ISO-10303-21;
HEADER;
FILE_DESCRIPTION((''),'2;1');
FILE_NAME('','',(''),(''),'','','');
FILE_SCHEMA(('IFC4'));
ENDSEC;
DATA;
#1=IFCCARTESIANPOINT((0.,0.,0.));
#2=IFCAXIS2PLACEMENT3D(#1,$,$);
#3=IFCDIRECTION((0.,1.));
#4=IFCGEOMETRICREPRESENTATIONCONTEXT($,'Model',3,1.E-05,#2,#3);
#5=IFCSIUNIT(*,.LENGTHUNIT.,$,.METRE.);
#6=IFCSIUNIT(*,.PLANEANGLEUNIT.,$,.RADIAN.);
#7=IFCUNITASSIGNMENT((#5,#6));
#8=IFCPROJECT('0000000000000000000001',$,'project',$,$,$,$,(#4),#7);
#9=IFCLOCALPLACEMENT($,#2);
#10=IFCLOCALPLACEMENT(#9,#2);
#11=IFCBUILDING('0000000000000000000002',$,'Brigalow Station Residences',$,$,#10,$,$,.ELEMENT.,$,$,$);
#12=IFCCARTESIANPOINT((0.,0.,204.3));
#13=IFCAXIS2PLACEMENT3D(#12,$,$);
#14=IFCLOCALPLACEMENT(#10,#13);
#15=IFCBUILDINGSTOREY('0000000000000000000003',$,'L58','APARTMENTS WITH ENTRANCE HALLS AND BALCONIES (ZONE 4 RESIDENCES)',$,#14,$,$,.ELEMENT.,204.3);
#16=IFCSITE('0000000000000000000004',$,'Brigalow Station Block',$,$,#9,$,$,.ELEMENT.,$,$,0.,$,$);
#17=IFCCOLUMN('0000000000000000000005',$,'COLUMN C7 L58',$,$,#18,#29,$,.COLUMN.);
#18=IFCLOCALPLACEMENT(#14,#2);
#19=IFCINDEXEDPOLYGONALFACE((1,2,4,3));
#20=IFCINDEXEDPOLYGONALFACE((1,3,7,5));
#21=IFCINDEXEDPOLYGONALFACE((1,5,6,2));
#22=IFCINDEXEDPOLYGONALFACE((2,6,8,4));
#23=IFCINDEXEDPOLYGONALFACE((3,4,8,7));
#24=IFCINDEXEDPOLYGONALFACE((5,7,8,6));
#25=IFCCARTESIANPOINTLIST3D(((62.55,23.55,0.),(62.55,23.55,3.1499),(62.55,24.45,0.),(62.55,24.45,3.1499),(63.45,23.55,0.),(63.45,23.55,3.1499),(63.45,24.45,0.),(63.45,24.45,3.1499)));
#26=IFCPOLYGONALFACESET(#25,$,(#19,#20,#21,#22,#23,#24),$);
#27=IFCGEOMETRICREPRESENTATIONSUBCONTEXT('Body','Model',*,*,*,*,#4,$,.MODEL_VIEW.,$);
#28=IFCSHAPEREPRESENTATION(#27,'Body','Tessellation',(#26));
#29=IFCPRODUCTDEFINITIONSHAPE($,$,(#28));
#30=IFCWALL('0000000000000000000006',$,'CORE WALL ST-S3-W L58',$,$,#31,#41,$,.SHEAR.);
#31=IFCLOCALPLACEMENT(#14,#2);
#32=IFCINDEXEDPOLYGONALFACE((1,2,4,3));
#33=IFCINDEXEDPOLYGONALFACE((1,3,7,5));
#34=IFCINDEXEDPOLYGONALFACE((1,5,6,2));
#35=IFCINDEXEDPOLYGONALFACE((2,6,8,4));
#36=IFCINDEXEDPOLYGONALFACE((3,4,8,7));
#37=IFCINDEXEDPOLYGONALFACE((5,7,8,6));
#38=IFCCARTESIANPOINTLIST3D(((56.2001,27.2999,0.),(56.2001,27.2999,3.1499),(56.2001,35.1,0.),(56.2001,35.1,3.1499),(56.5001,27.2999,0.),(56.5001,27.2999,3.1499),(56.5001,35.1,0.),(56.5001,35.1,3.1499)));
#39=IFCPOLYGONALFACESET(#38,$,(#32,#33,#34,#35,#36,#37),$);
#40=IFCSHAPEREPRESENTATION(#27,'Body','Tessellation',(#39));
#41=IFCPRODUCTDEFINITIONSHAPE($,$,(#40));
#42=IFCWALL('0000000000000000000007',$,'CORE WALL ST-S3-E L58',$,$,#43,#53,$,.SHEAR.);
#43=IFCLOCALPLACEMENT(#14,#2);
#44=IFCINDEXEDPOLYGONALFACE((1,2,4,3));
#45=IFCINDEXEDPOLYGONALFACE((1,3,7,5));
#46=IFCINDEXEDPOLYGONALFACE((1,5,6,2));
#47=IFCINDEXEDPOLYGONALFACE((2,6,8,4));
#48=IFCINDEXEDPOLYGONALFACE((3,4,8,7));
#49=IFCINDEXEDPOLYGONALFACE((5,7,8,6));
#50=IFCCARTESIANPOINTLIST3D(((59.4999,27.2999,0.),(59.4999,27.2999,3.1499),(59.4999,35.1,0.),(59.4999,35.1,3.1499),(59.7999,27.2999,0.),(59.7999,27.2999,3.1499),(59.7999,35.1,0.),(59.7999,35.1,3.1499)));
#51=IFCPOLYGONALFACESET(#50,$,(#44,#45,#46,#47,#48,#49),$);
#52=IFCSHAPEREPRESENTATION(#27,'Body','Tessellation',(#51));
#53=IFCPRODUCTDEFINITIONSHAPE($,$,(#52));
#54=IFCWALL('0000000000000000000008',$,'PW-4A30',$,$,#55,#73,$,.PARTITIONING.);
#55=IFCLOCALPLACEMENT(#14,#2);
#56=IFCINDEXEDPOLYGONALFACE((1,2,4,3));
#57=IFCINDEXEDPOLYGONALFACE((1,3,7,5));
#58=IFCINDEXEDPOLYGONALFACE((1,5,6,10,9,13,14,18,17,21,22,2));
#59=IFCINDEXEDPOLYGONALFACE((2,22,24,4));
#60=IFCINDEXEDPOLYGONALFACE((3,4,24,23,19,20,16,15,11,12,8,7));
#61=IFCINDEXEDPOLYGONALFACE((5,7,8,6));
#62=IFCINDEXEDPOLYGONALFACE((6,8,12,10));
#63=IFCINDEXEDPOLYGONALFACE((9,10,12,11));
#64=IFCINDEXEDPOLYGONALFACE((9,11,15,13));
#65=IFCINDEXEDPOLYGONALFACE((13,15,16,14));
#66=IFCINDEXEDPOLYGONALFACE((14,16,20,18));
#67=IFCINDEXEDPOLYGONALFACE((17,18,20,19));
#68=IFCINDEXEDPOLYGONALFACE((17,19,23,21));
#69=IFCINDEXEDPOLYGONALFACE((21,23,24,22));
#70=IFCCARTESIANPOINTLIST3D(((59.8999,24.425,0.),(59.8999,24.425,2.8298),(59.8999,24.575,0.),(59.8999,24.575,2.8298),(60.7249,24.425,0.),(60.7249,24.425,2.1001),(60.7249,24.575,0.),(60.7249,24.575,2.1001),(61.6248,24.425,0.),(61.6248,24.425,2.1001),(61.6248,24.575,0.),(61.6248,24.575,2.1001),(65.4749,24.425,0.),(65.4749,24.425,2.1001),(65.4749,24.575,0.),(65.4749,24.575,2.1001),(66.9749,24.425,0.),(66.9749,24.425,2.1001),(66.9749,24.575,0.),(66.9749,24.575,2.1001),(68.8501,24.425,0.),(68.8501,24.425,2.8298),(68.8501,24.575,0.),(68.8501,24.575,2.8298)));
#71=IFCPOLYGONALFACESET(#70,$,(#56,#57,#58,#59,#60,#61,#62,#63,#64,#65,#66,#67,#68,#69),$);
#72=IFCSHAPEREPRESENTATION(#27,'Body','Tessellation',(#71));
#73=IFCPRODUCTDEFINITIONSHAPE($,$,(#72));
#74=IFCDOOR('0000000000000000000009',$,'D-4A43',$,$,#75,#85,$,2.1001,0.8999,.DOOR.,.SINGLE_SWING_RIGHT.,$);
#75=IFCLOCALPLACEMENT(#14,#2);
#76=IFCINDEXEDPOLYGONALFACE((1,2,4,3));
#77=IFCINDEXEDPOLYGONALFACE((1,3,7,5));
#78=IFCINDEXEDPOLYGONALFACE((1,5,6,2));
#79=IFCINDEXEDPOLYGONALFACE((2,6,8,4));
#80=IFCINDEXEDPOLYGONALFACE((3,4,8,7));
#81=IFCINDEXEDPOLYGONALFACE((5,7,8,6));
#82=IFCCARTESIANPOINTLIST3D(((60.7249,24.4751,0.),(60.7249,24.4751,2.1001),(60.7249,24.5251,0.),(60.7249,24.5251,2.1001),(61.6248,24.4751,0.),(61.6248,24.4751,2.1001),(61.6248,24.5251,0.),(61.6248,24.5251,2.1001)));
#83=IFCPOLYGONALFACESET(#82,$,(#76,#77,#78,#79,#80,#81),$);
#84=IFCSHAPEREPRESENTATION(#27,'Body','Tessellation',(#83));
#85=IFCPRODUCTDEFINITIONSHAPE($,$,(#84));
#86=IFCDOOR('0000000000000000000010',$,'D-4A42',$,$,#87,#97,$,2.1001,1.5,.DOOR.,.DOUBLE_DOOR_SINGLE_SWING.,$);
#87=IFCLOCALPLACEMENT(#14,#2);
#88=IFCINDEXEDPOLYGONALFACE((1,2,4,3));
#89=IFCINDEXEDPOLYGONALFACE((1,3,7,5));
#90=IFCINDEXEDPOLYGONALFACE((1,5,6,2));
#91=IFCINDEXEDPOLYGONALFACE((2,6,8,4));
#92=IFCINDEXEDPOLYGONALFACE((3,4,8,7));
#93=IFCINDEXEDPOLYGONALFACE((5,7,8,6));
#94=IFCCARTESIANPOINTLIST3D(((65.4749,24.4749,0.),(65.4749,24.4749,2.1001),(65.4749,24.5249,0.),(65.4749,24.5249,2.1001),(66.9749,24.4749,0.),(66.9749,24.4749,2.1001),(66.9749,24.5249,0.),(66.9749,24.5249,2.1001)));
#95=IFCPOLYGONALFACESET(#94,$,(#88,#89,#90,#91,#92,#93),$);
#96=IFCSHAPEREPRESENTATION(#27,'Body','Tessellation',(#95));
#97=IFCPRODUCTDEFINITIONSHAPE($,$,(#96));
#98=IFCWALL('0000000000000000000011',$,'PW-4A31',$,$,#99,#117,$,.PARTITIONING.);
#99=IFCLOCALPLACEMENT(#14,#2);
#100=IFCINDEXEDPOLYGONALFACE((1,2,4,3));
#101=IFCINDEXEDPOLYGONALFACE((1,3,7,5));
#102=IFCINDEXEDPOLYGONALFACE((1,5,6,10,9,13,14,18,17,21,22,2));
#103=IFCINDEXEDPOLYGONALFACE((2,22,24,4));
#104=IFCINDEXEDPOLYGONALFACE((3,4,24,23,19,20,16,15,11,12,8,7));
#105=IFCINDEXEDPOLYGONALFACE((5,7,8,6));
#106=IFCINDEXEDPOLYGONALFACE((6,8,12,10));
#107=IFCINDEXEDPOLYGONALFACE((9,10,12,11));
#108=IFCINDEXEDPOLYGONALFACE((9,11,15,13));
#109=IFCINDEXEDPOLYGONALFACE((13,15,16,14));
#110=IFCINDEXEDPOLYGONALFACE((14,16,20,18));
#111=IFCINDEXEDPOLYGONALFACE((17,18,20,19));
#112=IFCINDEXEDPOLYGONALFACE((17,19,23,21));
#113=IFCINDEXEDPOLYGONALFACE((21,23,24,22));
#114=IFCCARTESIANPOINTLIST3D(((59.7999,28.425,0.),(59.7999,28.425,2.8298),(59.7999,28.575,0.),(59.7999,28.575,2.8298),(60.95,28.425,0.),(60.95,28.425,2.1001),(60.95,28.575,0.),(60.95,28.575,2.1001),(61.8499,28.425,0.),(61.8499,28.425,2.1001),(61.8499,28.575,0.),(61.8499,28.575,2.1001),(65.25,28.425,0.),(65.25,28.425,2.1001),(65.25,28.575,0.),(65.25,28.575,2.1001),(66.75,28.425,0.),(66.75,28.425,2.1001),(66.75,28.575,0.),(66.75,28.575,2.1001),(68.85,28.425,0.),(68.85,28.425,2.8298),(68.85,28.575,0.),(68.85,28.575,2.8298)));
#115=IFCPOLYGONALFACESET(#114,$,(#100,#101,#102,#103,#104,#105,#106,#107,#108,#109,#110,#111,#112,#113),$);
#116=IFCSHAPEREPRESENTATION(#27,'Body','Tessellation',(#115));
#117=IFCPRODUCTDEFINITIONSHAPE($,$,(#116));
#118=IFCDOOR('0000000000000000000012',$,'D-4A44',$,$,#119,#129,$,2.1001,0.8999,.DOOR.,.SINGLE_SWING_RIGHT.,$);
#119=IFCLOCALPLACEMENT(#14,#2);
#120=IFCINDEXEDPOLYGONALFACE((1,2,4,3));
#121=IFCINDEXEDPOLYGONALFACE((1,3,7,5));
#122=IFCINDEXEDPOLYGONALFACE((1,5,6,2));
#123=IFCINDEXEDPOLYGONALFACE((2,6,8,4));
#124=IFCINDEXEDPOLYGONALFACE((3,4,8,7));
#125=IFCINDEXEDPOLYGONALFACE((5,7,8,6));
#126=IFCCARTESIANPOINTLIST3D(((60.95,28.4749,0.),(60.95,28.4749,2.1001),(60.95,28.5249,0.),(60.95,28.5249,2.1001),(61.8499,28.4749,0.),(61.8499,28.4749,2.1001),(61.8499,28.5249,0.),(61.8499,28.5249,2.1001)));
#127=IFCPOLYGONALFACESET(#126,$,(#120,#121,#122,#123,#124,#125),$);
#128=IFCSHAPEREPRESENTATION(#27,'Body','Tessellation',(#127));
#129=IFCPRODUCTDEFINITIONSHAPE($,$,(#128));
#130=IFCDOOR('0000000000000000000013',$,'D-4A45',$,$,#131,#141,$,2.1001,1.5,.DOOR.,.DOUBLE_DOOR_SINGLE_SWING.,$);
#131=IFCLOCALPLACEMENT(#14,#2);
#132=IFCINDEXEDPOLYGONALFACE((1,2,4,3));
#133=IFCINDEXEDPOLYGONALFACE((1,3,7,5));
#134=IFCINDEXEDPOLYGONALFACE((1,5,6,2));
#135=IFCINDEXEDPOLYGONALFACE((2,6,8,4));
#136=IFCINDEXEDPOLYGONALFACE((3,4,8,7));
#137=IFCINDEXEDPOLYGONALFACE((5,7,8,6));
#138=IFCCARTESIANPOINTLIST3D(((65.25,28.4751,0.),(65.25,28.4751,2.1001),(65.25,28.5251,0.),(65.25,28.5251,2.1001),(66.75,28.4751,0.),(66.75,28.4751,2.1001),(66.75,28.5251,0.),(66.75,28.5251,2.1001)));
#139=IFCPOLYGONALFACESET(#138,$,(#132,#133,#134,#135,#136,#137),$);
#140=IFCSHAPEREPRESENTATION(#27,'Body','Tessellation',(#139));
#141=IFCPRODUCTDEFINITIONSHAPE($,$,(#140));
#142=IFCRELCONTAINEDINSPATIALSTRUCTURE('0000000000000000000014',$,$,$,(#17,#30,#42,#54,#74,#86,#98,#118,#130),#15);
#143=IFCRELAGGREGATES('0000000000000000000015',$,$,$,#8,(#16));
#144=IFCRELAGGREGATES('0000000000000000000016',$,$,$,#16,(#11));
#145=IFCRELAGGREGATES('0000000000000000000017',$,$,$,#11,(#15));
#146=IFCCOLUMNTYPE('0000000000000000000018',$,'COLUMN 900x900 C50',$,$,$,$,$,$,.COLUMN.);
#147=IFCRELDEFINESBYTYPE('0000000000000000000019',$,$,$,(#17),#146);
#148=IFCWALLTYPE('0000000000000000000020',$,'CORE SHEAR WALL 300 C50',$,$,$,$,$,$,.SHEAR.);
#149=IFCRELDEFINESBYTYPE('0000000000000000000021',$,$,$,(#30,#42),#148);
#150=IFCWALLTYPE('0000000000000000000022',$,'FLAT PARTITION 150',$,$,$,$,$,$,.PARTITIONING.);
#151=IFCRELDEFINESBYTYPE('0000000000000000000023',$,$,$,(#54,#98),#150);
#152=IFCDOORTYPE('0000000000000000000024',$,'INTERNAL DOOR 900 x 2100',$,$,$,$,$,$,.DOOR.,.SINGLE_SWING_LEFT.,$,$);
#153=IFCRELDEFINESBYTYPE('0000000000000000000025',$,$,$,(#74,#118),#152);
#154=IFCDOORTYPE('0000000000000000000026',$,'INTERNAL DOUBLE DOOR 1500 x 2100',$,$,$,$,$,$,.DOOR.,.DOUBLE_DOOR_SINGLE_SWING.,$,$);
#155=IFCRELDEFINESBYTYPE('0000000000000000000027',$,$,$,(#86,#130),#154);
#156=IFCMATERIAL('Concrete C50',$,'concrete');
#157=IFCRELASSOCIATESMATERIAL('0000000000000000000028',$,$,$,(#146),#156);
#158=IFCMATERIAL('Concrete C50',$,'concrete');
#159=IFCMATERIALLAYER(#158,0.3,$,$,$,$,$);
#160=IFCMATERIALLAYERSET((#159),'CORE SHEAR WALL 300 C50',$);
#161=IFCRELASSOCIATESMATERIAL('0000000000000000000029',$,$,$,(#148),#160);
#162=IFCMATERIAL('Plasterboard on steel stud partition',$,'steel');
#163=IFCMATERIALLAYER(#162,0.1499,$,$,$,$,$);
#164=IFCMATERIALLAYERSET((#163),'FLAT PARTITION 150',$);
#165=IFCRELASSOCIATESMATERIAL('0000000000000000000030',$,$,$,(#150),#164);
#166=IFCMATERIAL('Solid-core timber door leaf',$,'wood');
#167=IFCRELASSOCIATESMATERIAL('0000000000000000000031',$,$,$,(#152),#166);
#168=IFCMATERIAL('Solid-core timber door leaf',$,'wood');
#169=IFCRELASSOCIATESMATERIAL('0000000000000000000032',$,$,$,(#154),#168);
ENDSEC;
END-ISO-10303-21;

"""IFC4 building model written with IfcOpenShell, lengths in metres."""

from ifc_helpers import new_model, si_unit, direction, frame, frame_2d, origin, origin_2d, place, context, subcontext, project, spatial, rectangle, extrude, material, layer, layer_set, material_profile, profile_set, type_object, element, fill, save


model = new_model("IFC4")

# Units and contexts
model_context = context("Model", 3, precision=1e-05, world=origin(), true_north=direction((0.0, 1.0)))
body_context = subcontext(model_context, "Body", "Model", "MODEL_VIEW")
ifc_project = project(units=[si_unit("LENGTHUNIT", "METRE"), si_unit("PLANEANGLEUNIT", "RADIAN")], contexts=[model_context])

# Site, building, storey
site_placement = place(None, origin())
site = spatial("IfcSite", under=ifc_project, at=site_placement, Name="Brigalow Station Block", CompositionType="ELEMENT", RefElevation=0.0)
building_placement = place(site_placement, origin())
building = spatial("IfcBuilding", under=site, at=building_placement, Name="Brigalow Station Residences", CompositionType="ELEMENT")
storey_placement = place(building_placement, frame((0.0, 0.0, 204.3)))
storey = spatial("IfcBuildingStorey", under=building, at=storey_placement, Name="L58", Description="APARTMENTS WITH ENTRANCE HALLS AND BALCONIES (ZONE 4 RESIDENCES)", CompositionType="ELEMENT", Elevation=204.3)

# Column
ifc_material_1 = material(Name="Concrete C50", Category="concrete")
ifc_material_profile = material_profile(ifc_material_1, rectangle(XDim=0.8999, YDim=0.8999, at=origin_2d()), Name="RC900x900")
ifc_profile_set = profile_set([ifc_material_profile], Name="Concrete C50")
column_type = type_object("IfcColumnType", Name="COLUMN 900x900 C50", PredefinedType="COLUMN", material=ifc_profile_set)
column_placement = place(storey_placement, frame((63.0, 24.0, 0.0), z_axis=(0.0, 0.0, 1.0), x_axis=(1.0, 0.0, 0.0)))
element("IfcColumn", 1, at=column_placement, inside=storey, type_object=column_type, Name="COLUMN C7 L58", PredefinedType="COLUMN", context=body_context, shape_type="SweptSolid", body=[
    extrude(rectangle(XDim=0.8999, YDim=0.8999, at=origin_2d()), origin(), (0.0, 0.0, 1.0), 3.1499),
])

# Walls
ifc_material_2 = material(Name="Concrete C50", Category="concrete")
ifc_layer_1 = layer(ifc_material_2, 0.3)
ifc_layer_set_1 = layer_set([ifc_layer_1], Name="CORE SHEAR WALL 300 C50")
wall_type_1 = type_object("IfcWallType", Name="CORE SHEAR WALL 300 C50", PredefinedType="SHEAR", material=ifc_layer_set_1)
for number, where, z_axis, x_axis, name in (
    (2, (56.3501, 27.3, 0.0), (0.0, 0.0, 1.0), (0.0, 1.0, 0.0), "CORE WALL ST-S3-W L58"),
    (3, (59.6499, 27.3, 0.0), (0.0, 0.0, 1.0), (0.0, 1.0, 0.0), "CORE WALL ST-S3-E L58"),
):
    element("IfcWall", number, at=place(storey_placement, frame(where, z_axis=z_axis, x_axis=x_axis)), inside=storey, type_object=wall_type_1, Name=name, PredefinedType="SHEAR", context=body_context, shape_type="SweptSolid", body=[
        extrude(rectangle(XDim=7.8, YDim=0.3, at=frame_2d((3.8999, 0.0))), origin(), (0.0, 0.0, 1.0), 3.1499),
    ])

# Walls, openings, doors
ifc_material_3 = material(Name="Plasterboard on steel stud partition", Category="steel")
ifc_layer_2 = layer(ifc_material_3, 0.1499)
ifc_layer_set_2 = layer_set([ifc_layer_2], Name="FLAT PARTITION 150")
wall_type_2 = type_object("IfcWallType", Name="FLAT PARTITION 150", PredefinedType="PARTITIONING", material=ifc_layer_set_2)
wall_1_placement = place(storey_placement, frame((59.8999, 24.5, 0.0), z_axis=(0.0, 0.0, 1.0), x_axis=(1.0, 0.0, 0.0)))
wall_1 = element("IfcWall", 4, at=wall_1_placement, inside=storey, type_object=wall_type_2, Name="PW-4A30", PredefinedType="PARTITIONING", context=body_context, shape_type="SweptSolid", body=[
    extrude(rectangle(XDim=8.9502, YDim=0.1499, at=frame_2d((4.4751, 0.0))), origin(), (0.0, 0.0, 1.0), 2.8298),
])
opening_1_placement = place(wall_1_placement, frame((5.575, 0.0, 0.0)))
opening_1 = element("IfcOpeningElement", 5, at=opening_1_placement, cuts=wall_1, PredefinedType="OPENING", context=body_context, shape_type="SweptSolid", body=[
    extrude(rectangle(XDim=1.5, YDim=2.1001, at=frame_2d((0.75, 1.05))), frame((0.0, 0.085, 0.0), z_axis=(0.0, -1.0, 0.0), x_axis=(1.0, 0.0, 0.0)), (0.0, 0.0, 1.0), 0.1699),
])
opening_2_placement = place(wall_1_placement, frame((0.825, 0.0, 0.0)))
opening_2 = element("IfcOpeningElement", 6, at=opening_2_placement, cuts=wall_1, PredefinedType="OPENING", context=body_context, shape_type="SweptSolid", body=[
    extrude(rectangle(XDim=0.8999, YDim=2.1001, at=frame_2d((0.45, 1.05))), frame((0.0, 0.085, 0.0), z_axis=(0.0, -1.0, 0.0), x_axis=(1.0, 0.0, 0.0)), (0.0, 0.0, 1.0), 0.1699),
])
ifc_material_4 = material(Name="Solid-core timber door leaf", Category="wood")
door_type_1 = type_object("IfcDoorType", Name="INTERNAL DOOR 900 x 2100", OperationType="SINGLE_SWING_LEFT", PredefinedType="DOOR", material=ifc_material_4)
door_1_placement = place(opening_2_placement, frame((0.8999, 0.0, 0.0), z_axis=(0.0, 0.0, 1.0), x_axis=(-1.0, 0.0, 0.0)))
door_1 = element("IfcDoor", 7, at=door_1_placement, inside=storey, type_object=door_type_1, Name="D-4A43", OperationType="SINGLE_SWING_RIGHT", OverallHeight=2.1001, OverallWidth=0.8999, PredefinedType="DOOR", context=body_context, shape_type="SweptSolid", body=[
    extrude(rectangle(XDim=0.8999, YDim=2.1001, at=frame_2d((0.45, 1.05))), frame((0.0, 0.0249, 0.0), z_axis=(0.0, -1.0, 0.0), x_axis=(1.0, 0.0, 0.0)), (0.0, 0.0, 1.0), 0.05),
])
fill(opening_2, door_1)
ifc_material_5 = material(Name="Solid-core timber door leaf", Category="wood")
door_type_2 = type_object("IfcDoorType", Name="INTERNAL DOUBLE DOOR 1500 x 2100", OperationType="DOUBLE_DOOR_SINGLE_SWING", PredefinedType="DOOR", material=ifc_material_5)
door_2_placement = place(opening_1_placement, origin())
door_2 = element("IfcDoor", 8, at=door_2_placement, inside=storey, type_object=door_type_2, Name="D-4A42", OperationType="DOUBLE_DOOR_SINGLE_SWING", OverallHeight=2.1001, OverallWidth=1.5, PredefinedType="DOOR", context=body_context, shape_type="SweptSolid", body=[
    extrude(rectangle(XDim=1.5, YDim=2.1001, at=frame_2d((0.75, 1.05))), frame((0.0, 0.0249, 0.0), z_axis=(0.0, -1.0, 0.0), x_axis=(1.0, 0.0, 0.0)), (0.0, 0.0, 1.0), 0.05),
])
fill(opening_1, door_2)
wall_2_placement = place(storey_placement, frame((59.8, 28.5, 0.0), z_axis=(0.0, 0.0, 1.0), x_axis=(1.0, 0.0, 0.0)))
wall_2 = element("IfcWall", 9, at=wall_2_placement, inside=storey, type_object=wall_type_2, Name="PW-4A31", PredefinedType="PARTITIONING", context=body_context, shape_type="SweptSolid", body=[
    extrude(rectangle(XDim=9.05, YDim=0.1499, at=frame_2d((4.5249, 0.0))), origin(), (0.0, 0.0, 1.0), 2.8298),
])
opening_3_placement = place(wall_2_placement, frame((1.1499, 0.0, 0.0)))
opening_3 = element("IfcOpeningElement", 10, at=opening_3_placement, cuts=wall_2, PredefinedType="OPENING", context=body_context, shape_type="SweptSolid", body=[
    extrude(rectangle(XDim=0.8999, YDim=2.1001, at=frame_2d((0.45, 1.05))), frame((0.0, 0.085, 0.0), z_axis=(0.0, -1.0, 0.0), x_axis=(1.0, 0.0, 0.0)), (0.0, 0.0, 1.0), 0.1699),
])
opening_4_placement = place(wall_2_placement, frame((5.45, 0.0, 0.0)))
opening_4 = element("IfcOpeningElement", 11, at=opening_4_placement, cuts=wall_2, PredefinedType="OPENING", context=body_context, shape_type="SweptSolid", body=[
    extrude(rectangle(XDim=1.5, YDim=2.1001, at=frame_2d((0.75, 1.05))), frame((0.0, 0.085, 0.0), z_axis=(0.0, -1.0, 0.0), x_axis=(1.0, 0.0, 0.0)), (0.0, 0.0, 1.0), 0.1699),
])
door_3_placement = place(opening_3_placement, origin())
door_3 = element("IfcDoor", 12, at=door_3_placement, inside=storey, type_object=door_type_1, Name="D-4A44", OperationType="SINGLE_SWING_RIGHT", OverallHeight=2.1001, OverallWidth=0.8999, PredefinedType="DOOR", context=body_context, shape_type="SweptSolid", body=[
    extrude(rectangle(XDim=0.8999, YDim=2.1001, at=frame_2d((0.45, 1.05))), frame((0.0, 0.0249, 0.0), z_axis=(0.0, -1.0, 0.0), x_axis=(1.0, 0.0, 0.0)), (0.0, 0.0, 1.0), 0.05),
])
fill(opening_3, door_3)
door_4_placement = place(opening_4_placement, frame((1.5, 0.0, 0.0), z_axis=(0.0, 0.0, 1.0), x_axis=(-1.0, 0.0, 0.0)))
door_4 = element("IfcDoor", 13, at=door_4_placement, inside=storey, type_object=door_type_2, Name="D-4A45", OperationType="DOUBLE_DOOR_SINGLE_SWING", OverallHeight=2.1001, OverallWidth=1.5, PredefinedType="DOOR", context=body_context, shape_type="SweptSolid", body=[
    extrude(rectangle(XDim=1.5, YDim=2.1001, at=frame_2d((0.75, 1.05))), frame((0.0, 0.0249, 0.0), z_axis=(0.0, -1.0, 0.0), x_axis=(1.0, 0.0, 0.0)), (0.0, 0.0, 1.0), 0.05),
])
fill(opening_4, door_4)

save(model, "model.ifc")
